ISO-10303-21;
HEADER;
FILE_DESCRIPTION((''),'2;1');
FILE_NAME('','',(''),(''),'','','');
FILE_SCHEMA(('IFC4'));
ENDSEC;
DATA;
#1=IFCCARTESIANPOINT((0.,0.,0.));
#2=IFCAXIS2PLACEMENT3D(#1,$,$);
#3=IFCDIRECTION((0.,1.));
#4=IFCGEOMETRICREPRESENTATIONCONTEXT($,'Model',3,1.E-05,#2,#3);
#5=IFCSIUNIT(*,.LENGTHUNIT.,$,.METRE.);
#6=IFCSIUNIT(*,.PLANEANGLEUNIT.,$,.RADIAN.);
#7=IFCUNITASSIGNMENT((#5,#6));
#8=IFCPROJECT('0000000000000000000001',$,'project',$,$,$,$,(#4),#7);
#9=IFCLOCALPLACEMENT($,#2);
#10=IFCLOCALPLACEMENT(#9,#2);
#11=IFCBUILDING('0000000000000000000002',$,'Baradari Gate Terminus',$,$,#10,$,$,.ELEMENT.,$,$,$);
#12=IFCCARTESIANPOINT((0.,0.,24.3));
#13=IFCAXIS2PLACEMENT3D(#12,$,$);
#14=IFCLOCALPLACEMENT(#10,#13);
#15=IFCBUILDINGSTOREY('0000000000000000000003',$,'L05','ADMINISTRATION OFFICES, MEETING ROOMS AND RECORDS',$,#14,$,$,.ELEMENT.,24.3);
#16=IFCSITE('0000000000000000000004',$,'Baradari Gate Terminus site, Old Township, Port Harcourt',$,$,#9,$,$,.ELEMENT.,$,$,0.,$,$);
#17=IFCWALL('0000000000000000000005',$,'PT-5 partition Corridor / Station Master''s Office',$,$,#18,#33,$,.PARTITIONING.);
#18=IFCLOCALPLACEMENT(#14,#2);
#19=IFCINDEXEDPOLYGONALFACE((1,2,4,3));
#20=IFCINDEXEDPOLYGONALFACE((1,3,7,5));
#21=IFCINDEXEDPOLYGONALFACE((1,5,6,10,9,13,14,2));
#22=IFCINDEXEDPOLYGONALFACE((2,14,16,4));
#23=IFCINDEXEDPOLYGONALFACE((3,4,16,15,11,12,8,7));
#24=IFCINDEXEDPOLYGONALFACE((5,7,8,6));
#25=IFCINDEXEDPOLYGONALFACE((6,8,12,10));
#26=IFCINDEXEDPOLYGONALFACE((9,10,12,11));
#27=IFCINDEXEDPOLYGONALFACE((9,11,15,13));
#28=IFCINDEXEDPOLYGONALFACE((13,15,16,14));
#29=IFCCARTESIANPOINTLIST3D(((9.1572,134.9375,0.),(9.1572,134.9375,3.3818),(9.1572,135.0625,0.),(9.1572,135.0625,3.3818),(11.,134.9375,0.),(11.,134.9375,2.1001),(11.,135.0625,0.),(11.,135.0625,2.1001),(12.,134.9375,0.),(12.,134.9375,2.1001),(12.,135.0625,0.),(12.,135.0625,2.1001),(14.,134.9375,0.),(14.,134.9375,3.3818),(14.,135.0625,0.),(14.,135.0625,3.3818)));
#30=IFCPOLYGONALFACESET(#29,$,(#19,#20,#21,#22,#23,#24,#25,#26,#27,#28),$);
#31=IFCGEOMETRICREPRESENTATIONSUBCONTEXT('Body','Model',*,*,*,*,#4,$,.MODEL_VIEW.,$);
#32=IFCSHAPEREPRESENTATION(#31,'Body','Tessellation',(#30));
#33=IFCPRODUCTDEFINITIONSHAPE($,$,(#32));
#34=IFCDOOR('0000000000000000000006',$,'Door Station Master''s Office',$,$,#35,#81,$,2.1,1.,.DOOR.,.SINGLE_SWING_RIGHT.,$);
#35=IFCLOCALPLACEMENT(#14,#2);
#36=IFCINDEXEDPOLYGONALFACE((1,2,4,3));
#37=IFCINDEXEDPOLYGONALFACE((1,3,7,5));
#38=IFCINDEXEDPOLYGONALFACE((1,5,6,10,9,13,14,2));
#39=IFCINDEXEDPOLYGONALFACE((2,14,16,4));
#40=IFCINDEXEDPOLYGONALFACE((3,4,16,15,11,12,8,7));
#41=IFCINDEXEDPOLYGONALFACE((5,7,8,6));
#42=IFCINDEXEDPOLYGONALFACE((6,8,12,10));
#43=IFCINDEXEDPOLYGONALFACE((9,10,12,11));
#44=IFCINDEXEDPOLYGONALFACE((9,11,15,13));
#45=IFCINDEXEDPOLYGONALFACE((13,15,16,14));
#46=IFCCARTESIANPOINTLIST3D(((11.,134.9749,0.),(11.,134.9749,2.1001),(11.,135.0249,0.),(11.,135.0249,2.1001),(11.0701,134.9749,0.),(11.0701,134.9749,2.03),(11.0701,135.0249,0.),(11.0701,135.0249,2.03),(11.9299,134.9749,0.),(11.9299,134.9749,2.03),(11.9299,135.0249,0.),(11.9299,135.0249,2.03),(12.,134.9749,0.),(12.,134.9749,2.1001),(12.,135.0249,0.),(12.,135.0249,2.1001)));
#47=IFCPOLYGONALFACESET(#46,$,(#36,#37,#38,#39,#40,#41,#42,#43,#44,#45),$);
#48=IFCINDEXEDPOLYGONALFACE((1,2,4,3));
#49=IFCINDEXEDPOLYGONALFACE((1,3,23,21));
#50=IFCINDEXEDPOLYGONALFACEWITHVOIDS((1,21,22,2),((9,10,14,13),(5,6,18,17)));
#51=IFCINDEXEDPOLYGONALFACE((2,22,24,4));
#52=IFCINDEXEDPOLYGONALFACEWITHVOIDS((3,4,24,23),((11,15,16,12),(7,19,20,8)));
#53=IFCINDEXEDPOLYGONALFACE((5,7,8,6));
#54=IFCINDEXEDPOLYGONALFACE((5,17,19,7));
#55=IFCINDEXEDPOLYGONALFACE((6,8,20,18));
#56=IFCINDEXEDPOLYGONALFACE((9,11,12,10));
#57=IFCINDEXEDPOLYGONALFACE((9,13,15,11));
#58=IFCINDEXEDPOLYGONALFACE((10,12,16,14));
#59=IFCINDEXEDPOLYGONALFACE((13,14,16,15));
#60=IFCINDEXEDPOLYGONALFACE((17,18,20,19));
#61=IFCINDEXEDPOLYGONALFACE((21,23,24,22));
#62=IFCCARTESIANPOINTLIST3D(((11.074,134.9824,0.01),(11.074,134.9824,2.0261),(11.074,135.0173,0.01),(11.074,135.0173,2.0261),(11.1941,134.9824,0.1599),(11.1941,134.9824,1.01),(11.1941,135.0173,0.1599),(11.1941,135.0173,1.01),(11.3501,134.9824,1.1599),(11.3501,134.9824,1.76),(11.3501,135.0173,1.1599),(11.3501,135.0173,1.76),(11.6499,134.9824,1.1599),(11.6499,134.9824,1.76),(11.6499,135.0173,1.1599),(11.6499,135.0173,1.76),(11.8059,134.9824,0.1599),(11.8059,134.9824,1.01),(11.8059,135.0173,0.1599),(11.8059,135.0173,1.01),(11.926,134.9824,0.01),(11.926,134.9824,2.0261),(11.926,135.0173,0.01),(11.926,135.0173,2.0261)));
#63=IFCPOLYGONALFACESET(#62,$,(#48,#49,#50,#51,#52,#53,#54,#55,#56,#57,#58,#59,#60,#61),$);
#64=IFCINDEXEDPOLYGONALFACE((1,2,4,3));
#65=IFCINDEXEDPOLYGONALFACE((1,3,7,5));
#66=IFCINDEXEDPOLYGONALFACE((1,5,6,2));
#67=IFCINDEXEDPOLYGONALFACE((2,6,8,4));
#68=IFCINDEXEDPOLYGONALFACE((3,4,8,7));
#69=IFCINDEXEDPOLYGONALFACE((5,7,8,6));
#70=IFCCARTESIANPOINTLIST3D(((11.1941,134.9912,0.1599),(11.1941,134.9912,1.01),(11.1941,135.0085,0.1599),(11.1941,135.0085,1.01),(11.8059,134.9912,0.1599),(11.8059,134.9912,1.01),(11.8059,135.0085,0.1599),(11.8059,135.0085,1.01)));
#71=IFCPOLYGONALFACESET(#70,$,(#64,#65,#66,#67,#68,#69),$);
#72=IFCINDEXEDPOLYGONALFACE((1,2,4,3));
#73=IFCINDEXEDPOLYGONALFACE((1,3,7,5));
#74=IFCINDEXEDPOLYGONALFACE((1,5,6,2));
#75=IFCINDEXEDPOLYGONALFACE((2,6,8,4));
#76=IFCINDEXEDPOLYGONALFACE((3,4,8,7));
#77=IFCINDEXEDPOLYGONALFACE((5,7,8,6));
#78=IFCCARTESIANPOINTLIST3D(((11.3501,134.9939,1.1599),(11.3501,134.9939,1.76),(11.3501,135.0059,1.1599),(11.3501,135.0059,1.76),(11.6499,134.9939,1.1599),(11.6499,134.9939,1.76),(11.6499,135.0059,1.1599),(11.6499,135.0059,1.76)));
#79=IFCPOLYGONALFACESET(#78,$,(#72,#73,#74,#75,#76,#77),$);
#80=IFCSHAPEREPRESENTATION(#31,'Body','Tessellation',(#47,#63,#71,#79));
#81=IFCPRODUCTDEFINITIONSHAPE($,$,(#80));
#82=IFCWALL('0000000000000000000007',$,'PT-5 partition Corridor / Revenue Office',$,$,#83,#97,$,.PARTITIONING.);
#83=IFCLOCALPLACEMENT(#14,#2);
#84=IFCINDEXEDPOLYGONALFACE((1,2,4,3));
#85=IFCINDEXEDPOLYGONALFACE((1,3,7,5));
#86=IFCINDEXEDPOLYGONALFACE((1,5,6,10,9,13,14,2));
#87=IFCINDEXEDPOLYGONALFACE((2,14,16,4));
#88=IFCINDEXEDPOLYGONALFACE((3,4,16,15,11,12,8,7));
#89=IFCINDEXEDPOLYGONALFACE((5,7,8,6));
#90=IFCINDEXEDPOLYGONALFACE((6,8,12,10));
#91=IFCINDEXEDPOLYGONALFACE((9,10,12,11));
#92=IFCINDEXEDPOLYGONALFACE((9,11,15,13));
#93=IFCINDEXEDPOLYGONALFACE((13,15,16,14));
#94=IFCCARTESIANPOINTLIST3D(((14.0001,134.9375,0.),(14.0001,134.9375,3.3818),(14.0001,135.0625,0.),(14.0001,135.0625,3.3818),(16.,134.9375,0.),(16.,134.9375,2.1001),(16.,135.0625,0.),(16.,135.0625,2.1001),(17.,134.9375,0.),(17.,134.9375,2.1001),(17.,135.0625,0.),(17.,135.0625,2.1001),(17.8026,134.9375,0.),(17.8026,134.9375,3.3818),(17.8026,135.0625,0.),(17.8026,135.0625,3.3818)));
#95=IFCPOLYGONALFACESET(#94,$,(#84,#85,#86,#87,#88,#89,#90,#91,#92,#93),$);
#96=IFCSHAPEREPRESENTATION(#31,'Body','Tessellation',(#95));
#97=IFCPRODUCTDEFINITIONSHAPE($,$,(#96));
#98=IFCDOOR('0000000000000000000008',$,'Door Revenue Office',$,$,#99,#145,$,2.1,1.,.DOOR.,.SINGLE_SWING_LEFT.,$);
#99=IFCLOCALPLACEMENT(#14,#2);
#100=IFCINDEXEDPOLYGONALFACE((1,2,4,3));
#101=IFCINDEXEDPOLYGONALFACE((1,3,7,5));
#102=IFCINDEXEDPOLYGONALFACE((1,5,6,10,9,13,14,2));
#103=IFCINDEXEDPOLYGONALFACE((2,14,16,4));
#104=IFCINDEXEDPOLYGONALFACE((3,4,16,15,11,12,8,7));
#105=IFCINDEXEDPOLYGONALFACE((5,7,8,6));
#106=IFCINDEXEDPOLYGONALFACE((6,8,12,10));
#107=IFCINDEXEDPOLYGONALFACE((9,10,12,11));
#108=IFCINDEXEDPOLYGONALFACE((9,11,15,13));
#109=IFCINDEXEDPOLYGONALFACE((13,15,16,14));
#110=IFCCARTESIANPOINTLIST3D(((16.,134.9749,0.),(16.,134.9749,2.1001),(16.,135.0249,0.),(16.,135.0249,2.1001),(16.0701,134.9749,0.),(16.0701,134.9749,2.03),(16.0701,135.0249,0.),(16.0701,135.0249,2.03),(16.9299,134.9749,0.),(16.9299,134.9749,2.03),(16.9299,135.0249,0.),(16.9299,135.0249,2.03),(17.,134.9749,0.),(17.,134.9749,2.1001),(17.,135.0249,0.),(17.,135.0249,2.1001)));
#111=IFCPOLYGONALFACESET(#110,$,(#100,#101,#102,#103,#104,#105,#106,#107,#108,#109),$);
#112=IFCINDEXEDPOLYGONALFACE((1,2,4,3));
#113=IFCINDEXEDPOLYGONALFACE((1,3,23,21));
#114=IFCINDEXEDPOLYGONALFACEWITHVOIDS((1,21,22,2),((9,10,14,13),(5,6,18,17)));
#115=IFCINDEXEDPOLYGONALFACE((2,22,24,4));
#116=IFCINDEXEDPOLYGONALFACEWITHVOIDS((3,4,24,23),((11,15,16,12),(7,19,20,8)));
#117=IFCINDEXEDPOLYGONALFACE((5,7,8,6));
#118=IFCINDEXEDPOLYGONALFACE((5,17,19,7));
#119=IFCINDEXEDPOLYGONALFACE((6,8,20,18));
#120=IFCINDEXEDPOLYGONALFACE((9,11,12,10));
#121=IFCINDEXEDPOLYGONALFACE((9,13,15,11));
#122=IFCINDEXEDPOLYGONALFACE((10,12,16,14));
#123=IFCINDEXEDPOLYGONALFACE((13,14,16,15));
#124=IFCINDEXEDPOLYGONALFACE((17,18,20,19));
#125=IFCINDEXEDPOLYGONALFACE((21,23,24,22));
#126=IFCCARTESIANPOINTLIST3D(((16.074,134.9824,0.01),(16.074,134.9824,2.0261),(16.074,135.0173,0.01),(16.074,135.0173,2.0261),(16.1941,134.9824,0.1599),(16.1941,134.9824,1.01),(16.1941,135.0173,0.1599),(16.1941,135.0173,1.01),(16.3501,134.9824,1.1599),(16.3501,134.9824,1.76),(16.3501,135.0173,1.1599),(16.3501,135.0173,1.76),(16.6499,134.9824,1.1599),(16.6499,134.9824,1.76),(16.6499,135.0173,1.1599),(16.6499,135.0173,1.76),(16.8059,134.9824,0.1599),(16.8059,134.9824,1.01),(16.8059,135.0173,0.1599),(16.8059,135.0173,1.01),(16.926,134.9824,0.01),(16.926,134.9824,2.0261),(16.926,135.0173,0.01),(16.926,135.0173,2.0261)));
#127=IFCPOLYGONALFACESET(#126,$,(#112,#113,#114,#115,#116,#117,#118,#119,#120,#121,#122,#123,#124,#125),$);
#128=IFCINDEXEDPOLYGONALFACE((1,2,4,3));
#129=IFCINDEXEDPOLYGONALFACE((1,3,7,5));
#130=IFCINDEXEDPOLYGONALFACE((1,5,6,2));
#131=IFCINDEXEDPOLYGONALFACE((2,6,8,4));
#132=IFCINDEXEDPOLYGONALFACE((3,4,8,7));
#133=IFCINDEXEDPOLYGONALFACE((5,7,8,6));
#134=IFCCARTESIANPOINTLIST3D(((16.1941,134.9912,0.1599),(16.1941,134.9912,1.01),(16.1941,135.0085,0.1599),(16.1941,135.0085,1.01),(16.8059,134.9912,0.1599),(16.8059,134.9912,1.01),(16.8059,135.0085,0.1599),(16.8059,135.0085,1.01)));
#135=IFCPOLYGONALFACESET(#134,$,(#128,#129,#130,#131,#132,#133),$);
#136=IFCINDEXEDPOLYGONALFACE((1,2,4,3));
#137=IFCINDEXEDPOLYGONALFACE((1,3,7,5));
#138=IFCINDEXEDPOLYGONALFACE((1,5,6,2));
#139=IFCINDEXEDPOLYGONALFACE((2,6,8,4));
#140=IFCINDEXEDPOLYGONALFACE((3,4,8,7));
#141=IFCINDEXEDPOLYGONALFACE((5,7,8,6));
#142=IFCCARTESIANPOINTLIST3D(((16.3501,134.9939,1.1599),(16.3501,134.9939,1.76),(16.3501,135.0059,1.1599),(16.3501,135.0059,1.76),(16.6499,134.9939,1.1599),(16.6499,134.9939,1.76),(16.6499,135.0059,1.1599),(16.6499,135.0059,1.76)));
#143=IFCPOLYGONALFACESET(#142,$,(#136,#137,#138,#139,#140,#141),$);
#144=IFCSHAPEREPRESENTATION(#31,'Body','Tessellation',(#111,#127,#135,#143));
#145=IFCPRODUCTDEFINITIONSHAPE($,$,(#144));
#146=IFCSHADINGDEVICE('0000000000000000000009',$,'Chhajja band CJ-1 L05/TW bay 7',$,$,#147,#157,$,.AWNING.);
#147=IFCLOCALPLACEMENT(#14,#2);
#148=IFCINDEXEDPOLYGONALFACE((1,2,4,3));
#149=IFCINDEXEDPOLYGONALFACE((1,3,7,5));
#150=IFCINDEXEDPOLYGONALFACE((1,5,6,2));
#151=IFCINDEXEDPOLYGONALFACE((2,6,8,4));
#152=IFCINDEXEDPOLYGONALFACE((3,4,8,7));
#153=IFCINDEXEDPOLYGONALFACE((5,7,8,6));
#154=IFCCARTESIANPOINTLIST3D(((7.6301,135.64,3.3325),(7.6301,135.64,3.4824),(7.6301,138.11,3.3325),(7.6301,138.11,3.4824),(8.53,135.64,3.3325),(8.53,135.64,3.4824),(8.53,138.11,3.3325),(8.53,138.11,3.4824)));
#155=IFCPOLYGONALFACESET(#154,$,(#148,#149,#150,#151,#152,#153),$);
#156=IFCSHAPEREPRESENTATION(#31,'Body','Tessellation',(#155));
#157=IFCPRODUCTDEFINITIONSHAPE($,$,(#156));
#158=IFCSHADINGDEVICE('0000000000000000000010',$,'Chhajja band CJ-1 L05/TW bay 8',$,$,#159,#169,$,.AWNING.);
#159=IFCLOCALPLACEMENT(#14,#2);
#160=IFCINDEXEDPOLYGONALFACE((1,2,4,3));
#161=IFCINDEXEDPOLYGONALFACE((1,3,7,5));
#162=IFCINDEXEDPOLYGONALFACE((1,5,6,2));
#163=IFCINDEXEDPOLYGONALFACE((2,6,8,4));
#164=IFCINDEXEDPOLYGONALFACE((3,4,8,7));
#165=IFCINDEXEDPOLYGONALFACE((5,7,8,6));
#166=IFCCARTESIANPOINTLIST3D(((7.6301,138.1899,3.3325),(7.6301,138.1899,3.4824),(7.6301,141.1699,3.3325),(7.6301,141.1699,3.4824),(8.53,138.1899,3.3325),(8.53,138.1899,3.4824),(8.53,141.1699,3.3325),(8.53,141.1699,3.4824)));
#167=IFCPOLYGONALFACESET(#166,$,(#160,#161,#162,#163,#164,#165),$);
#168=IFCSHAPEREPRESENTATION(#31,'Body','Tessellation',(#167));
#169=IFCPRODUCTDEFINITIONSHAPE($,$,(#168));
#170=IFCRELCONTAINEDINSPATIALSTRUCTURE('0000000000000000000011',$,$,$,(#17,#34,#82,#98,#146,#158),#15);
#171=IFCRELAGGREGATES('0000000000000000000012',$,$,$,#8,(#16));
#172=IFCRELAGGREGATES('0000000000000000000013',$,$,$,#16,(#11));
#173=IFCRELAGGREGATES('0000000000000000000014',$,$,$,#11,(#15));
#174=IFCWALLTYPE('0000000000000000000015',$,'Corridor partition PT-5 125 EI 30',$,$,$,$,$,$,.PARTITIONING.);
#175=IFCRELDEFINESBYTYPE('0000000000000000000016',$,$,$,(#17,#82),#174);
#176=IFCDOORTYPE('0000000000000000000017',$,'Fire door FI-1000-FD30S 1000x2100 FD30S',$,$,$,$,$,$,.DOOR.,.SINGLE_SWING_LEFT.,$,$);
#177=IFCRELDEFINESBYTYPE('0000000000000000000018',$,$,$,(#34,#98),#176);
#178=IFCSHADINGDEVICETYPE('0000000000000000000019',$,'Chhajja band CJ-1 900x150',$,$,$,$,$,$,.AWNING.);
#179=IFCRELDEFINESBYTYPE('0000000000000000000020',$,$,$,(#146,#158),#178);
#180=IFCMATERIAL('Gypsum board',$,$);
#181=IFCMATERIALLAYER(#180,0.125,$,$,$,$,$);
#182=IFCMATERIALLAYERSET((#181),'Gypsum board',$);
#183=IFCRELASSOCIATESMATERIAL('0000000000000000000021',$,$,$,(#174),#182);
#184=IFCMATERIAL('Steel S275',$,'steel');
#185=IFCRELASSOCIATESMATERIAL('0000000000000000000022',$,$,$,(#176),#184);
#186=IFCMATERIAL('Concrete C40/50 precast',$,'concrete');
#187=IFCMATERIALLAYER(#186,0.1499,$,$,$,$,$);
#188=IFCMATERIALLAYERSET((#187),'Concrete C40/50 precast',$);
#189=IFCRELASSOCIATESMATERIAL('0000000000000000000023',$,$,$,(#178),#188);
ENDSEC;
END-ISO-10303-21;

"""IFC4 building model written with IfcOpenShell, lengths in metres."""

from ifc_helpers import new_model, si_unit, direction, frame, frame_2d, origin, origin_2d, place, context, subcontext, project, spatial, polyline, rectangle, outline, extrude, material, layer, layer_set, type_object, element, fill, save


model = new_model("IFC4")

# Units and contexts
model_context = context("Model", 3, precision=1e-05, world=origin(), true_north=direction((0.0, 1.0)))
body_context = subcontext(model_context, "Body", "Model", "MODEL_VIEW")
ifc_project = project(units=[si_unit("LENGTHUNIT", "METRE"), si_unit("PLANEANGLEUNIT", "RADIAN")], contexts=[model_context])

# Site, building, storey
site_placement = place(None, origin())
site = spatial("IfcSite", under=ifc_project, at=site_placement, Name="Baradari Gate Terminus site, Old Township, Port Harcourt", CompositionType="ELEMENT", RefElevation=0.0)
building_placement = place(site_placement, origin())
building = spatial("IfcBuilding", under=site, at=building_placement, Name="Baradari Gate Terminus", CompositionType="ELEMENT")
storey_placement = place(building_placement, frame((0.0, 0.0, 24.3)))
storey = spatial("IfcBuildingStorey", under=building, at=storey_placement, Name="L05", Description="ADMINISTRATION OFFICES, MEETING ROOMS AND RECORDS", CompositionType="ELEMENT", Elevation=24.3)

# Walls, openings, doors
ifc_material_1 = material(Name="Gypsum board")
ifc_layer_1 = layer(ifc_material_1, 0.125)
ifc_layer_set_1 = layer_set([ifc_layer_1], Name="Gypsum board")
wall_type = type_object("IfcWallType", Name="Corridor partition PT-5 125 EI 30", PredefinedType="PARTITIONING", material=ifc_layer_set_1)
wall_1_placement = place(storey_placement, frame((9.1572, 135.0, 0.0), z_axis=(0.0, 0.0, 1.0), x_axis=(1.0, 0.0, 0.0)))
wall_1 = element("IfcWall", 1, at=wall_1_placement, inside=storey, type_object=wall_type, Name="PT-5 partition Corridor / Station Master's Office", PredefinedType="PARTITIONING", context=body_context, shape_type="SweptSolid", body=[
    extrude(rectangle(XDim=4.8428, YDim=0.125, at=frame_2d((2.4214, 0.0))), origin(), (0.0, 0.0, 1.0), 3.3818),
])
opening_1_placement = place(wall_1_placement, frame((1.8428, 0.0, 0.0)))
opening_1 = element("IfcOpeningElement", 2, at=opening_1_placement, cuts=wall_1, PredefinedType="OPENING", context=body_context, shape_type="SweptSolid", body=[
    extrude(rectangle(XDim=1.0, YDim=2.1001, at=frame_2d((0.5, 1.05))), frame((0.0, 0.0725, 0.0), z_axis=(0.0, -1.0, 0.0), x_axis=(1.0, 0.0, 0.0)), (0.0, 0.0, 1.0), 0.145),
])
ifc_material_2 = material(Name="Steel S275", Category="steel")
door_type = type_object("IfcDoorType", Name="Fire door FI-1000-FD30S 1000x2100 FD30S", OperationType="SINGLE_SWING_LEFT", PredefinedType="DOOR", material=ifc_material_2)
door_1_placement = place(opening_1_placement, origin())
door_1 = element("IfcDoor", 3, at=door_1_placement, inside=storey, type_object=door_type, Name="Door Station Master's Office", OperationType="SINGLE_SWING_RIGHT", OverallHeight=2.1, OverallWidth=1.0, PredefinedType="DOOR", context=body_context, shape_type="SweptSolid", body=[
    extrude(outline(polyline([(0.0, 0.0), (0.0701, 0.0), (0.0701, 2.03), (0.9299, 2.03), (0.9299, 0.0), (1.0, 0.0), (1.0, 2.1001), (0.0, 2.1001), (0.0, 0.0)])), frame((0.0, 0.0249, 0.0), z_axis=(0.0, -1.0, 0.0), x_axis=(1.0, 0.0, 0.0)), (0.0, 0.0, 1.0), 0.05),
    extrude(outline(polyline([(0.074, 0.01), (0.926, 0.01), (0.926, 2.0261), (0.074, 2.0261), (0.074, 0.01)]), holes=[polyline([(0.1941, 0.1599), (0.8059, 0.1599), (0.8059, 1.01), (0.1941, 1.01), (0.1941, 0.1599)]), polyline([(0.3501, 1.1599), (0.6499, 1.1599), (0.6499, 1.76), (0.3501, 1.76), (0.3501, 1.1599)])]), frame((0.0, 0.0173, 0.0), z_axis=(0.0, -1.0, 0.0), x_axis=(1.0, 0.0, 0.0)), (0.0, 0.0, 1.0), 0.0349),
    extrude(rectangle(XDim=0.6118, YDim=0.8501, at=frame_2d((0.5, 0.585))), frame((0.0, 0.0085, 0.0), z_axis=(0.0, -1.0, 0.0), x_axis=(1.0, 0.0, 0.0)), (0.0, 0.0, 1.0), 0.0173),
    extrude(rectangle(XDim=0.2998, YDim=0.6001, at=frame_2d((0.5, 1.46))), frame((0.0, 0.0059, 0.0), z_axis=(0.0, -1.0, 0.0), x_axis=(1.0, 0.0, 0.0)), (0.0, 0.0, 1.0), 0.012),
])
fill(opening_1, door_1)
wall_2_placement = place(storey_placement, frame((14.0, 135.0, 0.0), z_axis=(0.0, 0.0, 1.0), x_axis=(1.0, 0.0, 0.0)))
wall_2 = element("IfcWall", 4, at=wall_2_placement, inside=storey, type_object=wall_type, Name="PT-5 partition Corridor / Revenue Office", PredefinedType="PARTITIONING", context=body_context, shape_type="SweptSolid", body=[
    extrude(rectangle(XDim=3.8025, YDim=0.125, at=frame_2d((1.9014, 0.0))), origin(), (0.0, 0.0, 1.0), 3.3818),
])
opening_2_placement = place(wall_2_placement, frame((2.0, 0.0, 0.0)))
opening_2 = element("IfcOpeningElement", 5, at=opening_2_placement, cuts=wall_2, PredefinedType="OPENING", context=body_context, shape_type="SweptSolid", body=[
    extrude(rectangle(XDim=1.0, YDim=2.1001, at=frame_2d((0.5, 1.05))), frame((0.0, 0.0725, 0.0), z_axis=(0.0, -1.0, 0.0), x_axis=(1.0, 0.0, 0.0)), (0.0, 0.0, 1.0), 0.145),
])
door_2_placement = place(opening_2_placement, origin())
door_2 = element("IfcDoor", 6, at=door_2_placement, inside=storey, type_object=door_type, Name="Door Revenue Office", OperationType="SINGLE_SWING_LEFT", OverallHeight=2.1, OverallWidth=1.0, PredefinedType="DOOR", context=body_context, shape_type="SweptSolid", body=[
    extrude(outline(polyline([(0.0, 0.0), (0.0701, 0.0), (0.0701, 2.03), (0.9299, 2.03), (0.9299, 0.0), (1.0, 0.0), (1.0, 2.1001), (0.0, 2.1001), (0.0, 0.0)])), frame((0.0, 0.0249, 0.0), z_axis=(0.0, -1.0, 0.0), x_axis=(1.0, 0.0, 0.0)), (0.0, 0.0, 1.0), 0.05),
    extrude(outline(polyline([(0.074, 0.01), (0.926, 0.01), (0.926, 2.0261), (0.074, 2.0261), (0.074, 0.01)]), holes=[polyline([(0.1941, 0.1599), (0.8059, 0.1599), (0.8059, 1.01), (0.1941, 1.01), (0.1941, 0.1599)]), polyline([(0.3501, 1.1599), (0.6499, 1.1599), (0.6499, 1.76), (0.3501, 1.76), (0.3501, 1.1599)])]), frame((0.0, 0.0173, 0.0), z_axis=(0.0, -1.0, 0.0), x_axis=(1.0, 0.0, 0.0)), (0.0, 0.0, 1.0), 0.0349),
    extrude(rectangle(XDim=0.6118, YDim=0.8501, at=frame_2d((0.5, 0.585))), frame((0.0, 0.0085, 0.0), z_axis=(0.0, -1.0, 0.0), x_axis=(1.0, 0.0, 0.0)), (0.0, 0.0, 1.0), 0.0173),
    extrude(rectangle(XDim=0.2998, YDim=0.6001, at=frame_2d((0.5, 1.46))), frame((0.0, 0.0059, 0.0), z_axis=(0.0, -1.0, 0.0), x_axis=(1.0, 0.0, 0.0)), (0.0, 0.0, 1.0), 0.012),
])
fill(opening_2, door_2)

# Shading devices
ifc_material_3 = material(Name="Concrete C40/50 precast", Category="concrete")
ifc_layer_2 = layer(ifc_material_3, 0.1499)
ifc_layer_set_2 = layer_set([ifc_layer_2], Name="Concrete C40/50 precast")
shading_device_type_1 = type_object("IfcShadingDeviceType", Name="Chhajja band CJ-1 900x150", PredefinedType="AWNING", material=ifc_layer_set_2)
shading_device_1_placement = place(storey_placement, frame((8.0801, 136.875, 3.3325), z_axis=(0.0, 0.0, 1.0), x_axis=(0.0, 1.0, 0.0)))
element("IfcShadingDevice", 7, at=shading_device_1_placement, inside=storey, type_object=shading_device_type_1, Name="Chhajja band CJ-1 L05/TW bay 7", PredefinedType="AWNING", context=body_context, shape_type="SweptSolid", body=[
    extrude(rectangle(XDim=2.47, YDim=0.8999, at=origin_2d()), origin(), (0.0, 0.0, 1.0), 0.1499),
])
shading_device_2_placement = place(storey_placement, frame((8.0801, 139.6799, 3.3325), z_axis=(0.0, 0.0, 1.0), x_axis=(0.0, 1.0, 0.0)))
element("IfcShadingDevice", 8, at=shading_device_2_placement, inside=storey, type_object=shading_device_type_1, Name="Chhajja band CJ-1 L05/TW bay 8", PredefinedType="AWNING", context=body_context, shape_type="SweptSolid", body=[
    extrude(rectangle(XDim=2.98, YDim=0.8999, at=origin_2d()), origin(), (0.0, 0.0, 1.0), 0.1499),
])

save(model, "model.ifc")
